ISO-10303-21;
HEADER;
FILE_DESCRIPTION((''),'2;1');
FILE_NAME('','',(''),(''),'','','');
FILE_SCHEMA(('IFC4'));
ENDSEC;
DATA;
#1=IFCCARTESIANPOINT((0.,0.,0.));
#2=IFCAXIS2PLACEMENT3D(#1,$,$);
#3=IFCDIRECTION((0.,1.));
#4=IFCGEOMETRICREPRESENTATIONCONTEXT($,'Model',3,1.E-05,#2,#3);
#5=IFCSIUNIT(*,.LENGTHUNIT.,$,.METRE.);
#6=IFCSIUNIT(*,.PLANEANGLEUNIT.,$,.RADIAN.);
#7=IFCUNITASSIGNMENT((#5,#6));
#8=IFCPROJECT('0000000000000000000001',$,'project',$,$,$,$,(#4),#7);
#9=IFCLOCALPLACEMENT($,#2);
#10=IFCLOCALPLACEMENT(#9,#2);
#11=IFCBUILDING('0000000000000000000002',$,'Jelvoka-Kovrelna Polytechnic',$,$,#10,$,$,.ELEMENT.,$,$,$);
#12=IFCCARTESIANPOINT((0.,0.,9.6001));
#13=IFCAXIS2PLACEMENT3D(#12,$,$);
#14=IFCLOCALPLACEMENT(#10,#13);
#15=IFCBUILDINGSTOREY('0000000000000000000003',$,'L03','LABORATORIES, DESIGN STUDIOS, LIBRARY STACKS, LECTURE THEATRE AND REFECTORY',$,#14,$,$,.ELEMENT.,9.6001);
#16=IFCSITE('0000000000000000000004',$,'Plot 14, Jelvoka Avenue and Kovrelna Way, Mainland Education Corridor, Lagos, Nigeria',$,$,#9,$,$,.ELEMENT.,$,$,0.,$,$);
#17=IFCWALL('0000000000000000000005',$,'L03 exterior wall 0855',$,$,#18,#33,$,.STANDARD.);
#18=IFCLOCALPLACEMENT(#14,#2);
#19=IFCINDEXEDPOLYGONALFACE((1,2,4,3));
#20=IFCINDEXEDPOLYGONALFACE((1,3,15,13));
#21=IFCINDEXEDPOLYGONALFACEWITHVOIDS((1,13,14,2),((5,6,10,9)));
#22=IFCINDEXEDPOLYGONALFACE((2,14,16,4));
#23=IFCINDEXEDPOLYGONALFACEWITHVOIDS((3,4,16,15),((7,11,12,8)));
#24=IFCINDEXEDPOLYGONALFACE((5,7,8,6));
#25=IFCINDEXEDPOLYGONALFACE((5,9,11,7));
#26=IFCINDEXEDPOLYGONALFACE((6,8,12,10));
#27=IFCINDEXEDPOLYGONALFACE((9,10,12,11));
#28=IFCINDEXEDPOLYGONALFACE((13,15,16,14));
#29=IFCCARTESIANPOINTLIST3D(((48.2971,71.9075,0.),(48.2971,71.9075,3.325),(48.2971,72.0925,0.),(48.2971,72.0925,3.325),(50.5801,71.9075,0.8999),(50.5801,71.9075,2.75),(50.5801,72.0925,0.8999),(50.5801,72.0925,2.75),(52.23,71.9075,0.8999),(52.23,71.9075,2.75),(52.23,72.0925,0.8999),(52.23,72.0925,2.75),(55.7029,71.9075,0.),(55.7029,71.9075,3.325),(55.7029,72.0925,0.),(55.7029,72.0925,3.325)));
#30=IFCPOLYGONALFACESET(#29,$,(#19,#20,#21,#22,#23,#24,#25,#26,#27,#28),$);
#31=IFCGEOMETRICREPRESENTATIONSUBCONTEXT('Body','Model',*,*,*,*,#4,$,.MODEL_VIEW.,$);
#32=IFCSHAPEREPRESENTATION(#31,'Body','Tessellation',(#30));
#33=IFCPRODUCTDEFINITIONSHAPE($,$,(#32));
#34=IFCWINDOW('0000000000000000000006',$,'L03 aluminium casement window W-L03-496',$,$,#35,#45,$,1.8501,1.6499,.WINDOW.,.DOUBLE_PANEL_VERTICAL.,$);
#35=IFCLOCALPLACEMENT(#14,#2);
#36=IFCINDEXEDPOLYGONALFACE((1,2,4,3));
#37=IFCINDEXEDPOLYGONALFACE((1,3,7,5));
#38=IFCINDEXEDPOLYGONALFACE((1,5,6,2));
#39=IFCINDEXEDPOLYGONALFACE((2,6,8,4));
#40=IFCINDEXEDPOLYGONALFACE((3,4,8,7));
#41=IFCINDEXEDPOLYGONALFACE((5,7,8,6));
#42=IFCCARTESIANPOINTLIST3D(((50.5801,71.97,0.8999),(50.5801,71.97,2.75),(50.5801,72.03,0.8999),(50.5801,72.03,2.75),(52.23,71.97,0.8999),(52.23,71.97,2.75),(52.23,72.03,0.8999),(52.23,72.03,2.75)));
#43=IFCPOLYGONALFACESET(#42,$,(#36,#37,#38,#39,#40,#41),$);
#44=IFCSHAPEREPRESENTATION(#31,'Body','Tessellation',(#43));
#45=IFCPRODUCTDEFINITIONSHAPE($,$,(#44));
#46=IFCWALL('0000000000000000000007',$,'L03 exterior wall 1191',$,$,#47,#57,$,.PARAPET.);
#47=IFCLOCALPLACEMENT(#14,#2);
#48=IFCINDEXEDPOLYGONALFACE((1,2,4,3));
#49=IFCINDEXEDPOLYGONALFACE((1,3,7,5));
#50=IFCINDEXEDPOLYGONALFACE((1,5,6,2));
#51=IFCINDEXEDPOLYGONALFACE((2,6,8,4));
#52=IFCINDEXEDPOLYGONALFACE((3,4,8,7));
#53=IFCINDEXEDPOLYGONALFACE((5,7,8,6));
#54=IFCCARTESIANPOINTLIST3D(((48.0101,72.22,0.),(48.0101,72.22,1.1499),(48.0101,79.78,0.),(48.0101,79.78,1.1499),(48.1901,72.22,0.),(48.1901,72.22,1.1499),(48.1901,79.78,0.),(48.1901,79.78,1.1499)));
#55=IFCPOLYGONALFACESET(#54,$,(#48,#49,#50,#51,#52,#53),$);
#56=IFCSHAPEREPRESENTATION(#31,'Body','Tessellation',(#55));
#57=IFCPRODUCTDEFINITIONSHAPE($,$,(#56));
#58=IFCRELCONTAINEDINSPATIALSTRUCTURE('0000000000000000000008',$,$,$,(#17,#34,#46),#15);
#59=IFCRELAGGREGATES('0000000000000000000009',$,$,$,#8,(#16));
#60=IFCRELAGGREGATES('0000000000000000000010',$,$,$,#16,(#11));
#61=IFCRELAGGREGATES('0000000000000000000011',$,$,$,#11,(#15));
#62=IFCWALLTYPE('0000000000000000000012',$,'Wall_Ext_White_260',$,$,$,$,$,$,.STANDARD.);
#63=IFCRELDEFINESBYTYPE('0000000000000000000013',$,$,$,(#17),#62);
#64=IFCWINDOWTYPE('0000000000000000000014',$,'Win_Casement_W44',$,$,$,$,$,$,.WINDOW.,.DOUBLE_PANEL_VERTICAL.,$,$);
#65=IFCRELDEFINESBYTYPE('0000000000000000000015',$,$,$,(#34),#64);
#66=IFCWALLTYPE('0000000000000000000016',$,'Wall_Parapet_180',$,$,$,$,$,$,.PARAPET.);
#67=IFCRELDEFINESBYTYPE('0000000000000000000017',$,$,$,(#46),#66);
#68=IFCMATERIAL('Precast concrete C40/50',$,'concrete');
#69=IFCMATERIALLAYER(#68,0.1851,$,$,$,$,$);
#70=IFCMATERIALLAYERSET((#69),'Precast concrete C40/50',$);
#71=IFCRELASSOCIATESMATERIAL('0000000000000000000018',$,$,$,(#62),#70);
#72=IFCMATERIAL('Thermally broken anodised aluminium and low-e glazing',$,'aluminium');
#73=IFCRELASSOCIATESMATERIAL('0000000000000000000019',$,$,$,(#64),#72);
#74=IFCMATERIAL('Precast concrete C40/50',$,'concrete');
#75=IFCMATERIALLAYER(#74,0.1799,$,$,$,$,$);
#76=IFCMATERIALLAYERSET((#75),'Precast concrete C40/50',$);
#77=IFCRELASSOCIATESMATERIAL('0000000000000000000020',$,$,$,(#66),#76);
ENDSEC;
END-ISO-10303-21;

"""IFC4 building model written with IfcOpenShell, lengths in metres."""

from ifc_helpers import new_model, si_unit, direction, frame, frame_2d, origin, place, context, subcontext, project, spatial, rectangle, extrude, material, layer, layer_set, type_object, element, fill, save


model = new_model("IFC4")

# Units and contexts
model_context = context("Model", 3, precision=1e-05, world=origin(), true_north=direction((0.0, 1.0)))
body_context = subcontext(model_context, "Body", "Model", "MODEL_VIEW")
ifc_project = project(units=[si_unit("LENGTHUNIT", "METRE"), si_unit("PLANEANGLEUNIT", "RADIAN")], contexts=[model_context])

# Site, building, storey
site_placement = place(None, origin())
site = spatial("IfcSite", under=ifc_project, at=site_placement, Name="Plot 14, Jelvoka Avenue and Kovrelna Way, Mainland Education Corridor, Lagos, Nigeria", CompositionType="ELEMENT", RefElevation=0.0)
building_placement = place(site_placement, origin())
building = spatial("IfcBuilding", under=site, at=building_placement, Name="Jelvoka-Kovrelna Polytechnic", CompositionType="ELEMENT")
storey_placement = place(building_placement, frame((0.0, 0.0, 9.6001)))
storey = spatial("IfcBuildingStorey", under=building, at=storey_placement, Name="L03", Description="LABORATORIES, DESIGN STUDIOS, LIBRARY STACKS, LECTURE THEATRE AND REFECTORY", CompositionType="ELEMENT", Elevation=9.6001)

# Wall, opening, window
ifc_material_1 = material(Name="Precast concrete C40/50", Category="concrete")
ifc_layer_1 = layer(ifc_material_1, 0.1851)
ifc_layer_set_1 = layer_set([ifc_layer_1], Name="Precast concrete C40/50")
wall_type_1 = type_object("IfcWallType", Name="Wall_Ext_White_260", PredefinedType="STANDARD", material=ifc_layer_set_1)
wall_1_placement = place(storey_placement, frame((48.2971, 72.0, 0.0), z_axis=(0.0, 0.0, 1.0), x_axis=(1.0, 0.0, 0.0)))
wall_1 = element("IfcWall", 1, at=wall_1_placement, inside=storey, type_object=wall_type_1, Name="L03 exterior wall 0855", PredefinedType="STANDARD", context=body_context, shape_type="SweptSolid", body=[
    extrude(rectangle(XDim=7.4058, YDim=0.1851, at=frame_2d((3.7029, 0.0))), origin(), (0.0, 0.0, 1.0), 3.325),
])
opening_placement = place(wall_1_placement, frame((2.283, 0.0, 0.8999)))
opening = element("IfcOpeningElement", 2, at=opening_placement, cuts=wall_1, PredefinedType="OPENING", context=body_context, shape_type="SweptSolid", body=[
    extrude(rectangle(XDim=1.6499, YDim=1.8501, at=frame_2d((0.825, 0.925))), frame((0.0, 0.1025, 0.0), z_axis=(0.0, -1.0, 0.0), x_axis=(1.0, 0.0, 0.0)), (0.0, 0.0, 1.0), 0.2051),
])
ifc_material_2 = material(Name="Thermally broken anodised aluminium and low-e glazing", Category="aluminium")
window_type = type_object("IfcWindowType", Name="Win_Casement_W44", PartitioningType="DOUBLE_PANEL_VERTICAL", PredefinedType="WINDOW", material=ifc_material_2)
window_placement = place(opening_placement, origin())
window = element("IfcWindow", 3, at=window_placement, inside=storey, type_object=window_type, Name="L03 aluminium casement window W-L03-496", OverallHeight=1.8501, OverallWidth=1.6499, PartitioningType="DOUBLE_PANEL_VERTICAL", PredefinedType="WINDOW", context=body_context, shape_type="SweptSolid", body=[
    extrude(rectangle(XDim=1.6499, YDim=1.8501, at=frame_2d((0.825, 0.925))), frame((0.0, 0.03, 0.0), z_axis=(0.0, -1.0, 0.0), x_axis=(1.0, 0.0, 0.0)), (0.0, 0.0, 1.0), 0.0601),
])
fill(opening, window)

# Wall
ifc_material_3 = material(Name="Precast concrete C40/50", Category="concrete")
ifc_layer_2 = layer(ifc_material_3, 0.1799)
ifc_layer_set_2 = layer_set([ifc_layer_2], Name="Precast concrete C40/50")
wall_type_2 = type_object("IfcWallType", Name="Wall_Parapet_180", PredefinedType="PARAPET", material=ifc_layer_set_2)
wall_2_placement = place(storey_placement, frame((48.1001, 79.78, 0.0), z_axis=(0.0, 0.0, 1.0), x_axis=(0.0, -1.0, 0.0)))
element("IfcWall", 4, at=wall_2_placement, inside=storey, type_object=wall_type_2, Name="L03 exterior wall 1191", PredefinedType="PARAPET", context=body_context, shape_type="SweptSolid", body=[
    extrude(rectangle(XDim=7.5601, YDim=0.1799, at=frame_2d((3.78, 0.0))), origin(), (0.0, 0.0, 1.0), 1.1499),
])

save(model, "model.ifc")
